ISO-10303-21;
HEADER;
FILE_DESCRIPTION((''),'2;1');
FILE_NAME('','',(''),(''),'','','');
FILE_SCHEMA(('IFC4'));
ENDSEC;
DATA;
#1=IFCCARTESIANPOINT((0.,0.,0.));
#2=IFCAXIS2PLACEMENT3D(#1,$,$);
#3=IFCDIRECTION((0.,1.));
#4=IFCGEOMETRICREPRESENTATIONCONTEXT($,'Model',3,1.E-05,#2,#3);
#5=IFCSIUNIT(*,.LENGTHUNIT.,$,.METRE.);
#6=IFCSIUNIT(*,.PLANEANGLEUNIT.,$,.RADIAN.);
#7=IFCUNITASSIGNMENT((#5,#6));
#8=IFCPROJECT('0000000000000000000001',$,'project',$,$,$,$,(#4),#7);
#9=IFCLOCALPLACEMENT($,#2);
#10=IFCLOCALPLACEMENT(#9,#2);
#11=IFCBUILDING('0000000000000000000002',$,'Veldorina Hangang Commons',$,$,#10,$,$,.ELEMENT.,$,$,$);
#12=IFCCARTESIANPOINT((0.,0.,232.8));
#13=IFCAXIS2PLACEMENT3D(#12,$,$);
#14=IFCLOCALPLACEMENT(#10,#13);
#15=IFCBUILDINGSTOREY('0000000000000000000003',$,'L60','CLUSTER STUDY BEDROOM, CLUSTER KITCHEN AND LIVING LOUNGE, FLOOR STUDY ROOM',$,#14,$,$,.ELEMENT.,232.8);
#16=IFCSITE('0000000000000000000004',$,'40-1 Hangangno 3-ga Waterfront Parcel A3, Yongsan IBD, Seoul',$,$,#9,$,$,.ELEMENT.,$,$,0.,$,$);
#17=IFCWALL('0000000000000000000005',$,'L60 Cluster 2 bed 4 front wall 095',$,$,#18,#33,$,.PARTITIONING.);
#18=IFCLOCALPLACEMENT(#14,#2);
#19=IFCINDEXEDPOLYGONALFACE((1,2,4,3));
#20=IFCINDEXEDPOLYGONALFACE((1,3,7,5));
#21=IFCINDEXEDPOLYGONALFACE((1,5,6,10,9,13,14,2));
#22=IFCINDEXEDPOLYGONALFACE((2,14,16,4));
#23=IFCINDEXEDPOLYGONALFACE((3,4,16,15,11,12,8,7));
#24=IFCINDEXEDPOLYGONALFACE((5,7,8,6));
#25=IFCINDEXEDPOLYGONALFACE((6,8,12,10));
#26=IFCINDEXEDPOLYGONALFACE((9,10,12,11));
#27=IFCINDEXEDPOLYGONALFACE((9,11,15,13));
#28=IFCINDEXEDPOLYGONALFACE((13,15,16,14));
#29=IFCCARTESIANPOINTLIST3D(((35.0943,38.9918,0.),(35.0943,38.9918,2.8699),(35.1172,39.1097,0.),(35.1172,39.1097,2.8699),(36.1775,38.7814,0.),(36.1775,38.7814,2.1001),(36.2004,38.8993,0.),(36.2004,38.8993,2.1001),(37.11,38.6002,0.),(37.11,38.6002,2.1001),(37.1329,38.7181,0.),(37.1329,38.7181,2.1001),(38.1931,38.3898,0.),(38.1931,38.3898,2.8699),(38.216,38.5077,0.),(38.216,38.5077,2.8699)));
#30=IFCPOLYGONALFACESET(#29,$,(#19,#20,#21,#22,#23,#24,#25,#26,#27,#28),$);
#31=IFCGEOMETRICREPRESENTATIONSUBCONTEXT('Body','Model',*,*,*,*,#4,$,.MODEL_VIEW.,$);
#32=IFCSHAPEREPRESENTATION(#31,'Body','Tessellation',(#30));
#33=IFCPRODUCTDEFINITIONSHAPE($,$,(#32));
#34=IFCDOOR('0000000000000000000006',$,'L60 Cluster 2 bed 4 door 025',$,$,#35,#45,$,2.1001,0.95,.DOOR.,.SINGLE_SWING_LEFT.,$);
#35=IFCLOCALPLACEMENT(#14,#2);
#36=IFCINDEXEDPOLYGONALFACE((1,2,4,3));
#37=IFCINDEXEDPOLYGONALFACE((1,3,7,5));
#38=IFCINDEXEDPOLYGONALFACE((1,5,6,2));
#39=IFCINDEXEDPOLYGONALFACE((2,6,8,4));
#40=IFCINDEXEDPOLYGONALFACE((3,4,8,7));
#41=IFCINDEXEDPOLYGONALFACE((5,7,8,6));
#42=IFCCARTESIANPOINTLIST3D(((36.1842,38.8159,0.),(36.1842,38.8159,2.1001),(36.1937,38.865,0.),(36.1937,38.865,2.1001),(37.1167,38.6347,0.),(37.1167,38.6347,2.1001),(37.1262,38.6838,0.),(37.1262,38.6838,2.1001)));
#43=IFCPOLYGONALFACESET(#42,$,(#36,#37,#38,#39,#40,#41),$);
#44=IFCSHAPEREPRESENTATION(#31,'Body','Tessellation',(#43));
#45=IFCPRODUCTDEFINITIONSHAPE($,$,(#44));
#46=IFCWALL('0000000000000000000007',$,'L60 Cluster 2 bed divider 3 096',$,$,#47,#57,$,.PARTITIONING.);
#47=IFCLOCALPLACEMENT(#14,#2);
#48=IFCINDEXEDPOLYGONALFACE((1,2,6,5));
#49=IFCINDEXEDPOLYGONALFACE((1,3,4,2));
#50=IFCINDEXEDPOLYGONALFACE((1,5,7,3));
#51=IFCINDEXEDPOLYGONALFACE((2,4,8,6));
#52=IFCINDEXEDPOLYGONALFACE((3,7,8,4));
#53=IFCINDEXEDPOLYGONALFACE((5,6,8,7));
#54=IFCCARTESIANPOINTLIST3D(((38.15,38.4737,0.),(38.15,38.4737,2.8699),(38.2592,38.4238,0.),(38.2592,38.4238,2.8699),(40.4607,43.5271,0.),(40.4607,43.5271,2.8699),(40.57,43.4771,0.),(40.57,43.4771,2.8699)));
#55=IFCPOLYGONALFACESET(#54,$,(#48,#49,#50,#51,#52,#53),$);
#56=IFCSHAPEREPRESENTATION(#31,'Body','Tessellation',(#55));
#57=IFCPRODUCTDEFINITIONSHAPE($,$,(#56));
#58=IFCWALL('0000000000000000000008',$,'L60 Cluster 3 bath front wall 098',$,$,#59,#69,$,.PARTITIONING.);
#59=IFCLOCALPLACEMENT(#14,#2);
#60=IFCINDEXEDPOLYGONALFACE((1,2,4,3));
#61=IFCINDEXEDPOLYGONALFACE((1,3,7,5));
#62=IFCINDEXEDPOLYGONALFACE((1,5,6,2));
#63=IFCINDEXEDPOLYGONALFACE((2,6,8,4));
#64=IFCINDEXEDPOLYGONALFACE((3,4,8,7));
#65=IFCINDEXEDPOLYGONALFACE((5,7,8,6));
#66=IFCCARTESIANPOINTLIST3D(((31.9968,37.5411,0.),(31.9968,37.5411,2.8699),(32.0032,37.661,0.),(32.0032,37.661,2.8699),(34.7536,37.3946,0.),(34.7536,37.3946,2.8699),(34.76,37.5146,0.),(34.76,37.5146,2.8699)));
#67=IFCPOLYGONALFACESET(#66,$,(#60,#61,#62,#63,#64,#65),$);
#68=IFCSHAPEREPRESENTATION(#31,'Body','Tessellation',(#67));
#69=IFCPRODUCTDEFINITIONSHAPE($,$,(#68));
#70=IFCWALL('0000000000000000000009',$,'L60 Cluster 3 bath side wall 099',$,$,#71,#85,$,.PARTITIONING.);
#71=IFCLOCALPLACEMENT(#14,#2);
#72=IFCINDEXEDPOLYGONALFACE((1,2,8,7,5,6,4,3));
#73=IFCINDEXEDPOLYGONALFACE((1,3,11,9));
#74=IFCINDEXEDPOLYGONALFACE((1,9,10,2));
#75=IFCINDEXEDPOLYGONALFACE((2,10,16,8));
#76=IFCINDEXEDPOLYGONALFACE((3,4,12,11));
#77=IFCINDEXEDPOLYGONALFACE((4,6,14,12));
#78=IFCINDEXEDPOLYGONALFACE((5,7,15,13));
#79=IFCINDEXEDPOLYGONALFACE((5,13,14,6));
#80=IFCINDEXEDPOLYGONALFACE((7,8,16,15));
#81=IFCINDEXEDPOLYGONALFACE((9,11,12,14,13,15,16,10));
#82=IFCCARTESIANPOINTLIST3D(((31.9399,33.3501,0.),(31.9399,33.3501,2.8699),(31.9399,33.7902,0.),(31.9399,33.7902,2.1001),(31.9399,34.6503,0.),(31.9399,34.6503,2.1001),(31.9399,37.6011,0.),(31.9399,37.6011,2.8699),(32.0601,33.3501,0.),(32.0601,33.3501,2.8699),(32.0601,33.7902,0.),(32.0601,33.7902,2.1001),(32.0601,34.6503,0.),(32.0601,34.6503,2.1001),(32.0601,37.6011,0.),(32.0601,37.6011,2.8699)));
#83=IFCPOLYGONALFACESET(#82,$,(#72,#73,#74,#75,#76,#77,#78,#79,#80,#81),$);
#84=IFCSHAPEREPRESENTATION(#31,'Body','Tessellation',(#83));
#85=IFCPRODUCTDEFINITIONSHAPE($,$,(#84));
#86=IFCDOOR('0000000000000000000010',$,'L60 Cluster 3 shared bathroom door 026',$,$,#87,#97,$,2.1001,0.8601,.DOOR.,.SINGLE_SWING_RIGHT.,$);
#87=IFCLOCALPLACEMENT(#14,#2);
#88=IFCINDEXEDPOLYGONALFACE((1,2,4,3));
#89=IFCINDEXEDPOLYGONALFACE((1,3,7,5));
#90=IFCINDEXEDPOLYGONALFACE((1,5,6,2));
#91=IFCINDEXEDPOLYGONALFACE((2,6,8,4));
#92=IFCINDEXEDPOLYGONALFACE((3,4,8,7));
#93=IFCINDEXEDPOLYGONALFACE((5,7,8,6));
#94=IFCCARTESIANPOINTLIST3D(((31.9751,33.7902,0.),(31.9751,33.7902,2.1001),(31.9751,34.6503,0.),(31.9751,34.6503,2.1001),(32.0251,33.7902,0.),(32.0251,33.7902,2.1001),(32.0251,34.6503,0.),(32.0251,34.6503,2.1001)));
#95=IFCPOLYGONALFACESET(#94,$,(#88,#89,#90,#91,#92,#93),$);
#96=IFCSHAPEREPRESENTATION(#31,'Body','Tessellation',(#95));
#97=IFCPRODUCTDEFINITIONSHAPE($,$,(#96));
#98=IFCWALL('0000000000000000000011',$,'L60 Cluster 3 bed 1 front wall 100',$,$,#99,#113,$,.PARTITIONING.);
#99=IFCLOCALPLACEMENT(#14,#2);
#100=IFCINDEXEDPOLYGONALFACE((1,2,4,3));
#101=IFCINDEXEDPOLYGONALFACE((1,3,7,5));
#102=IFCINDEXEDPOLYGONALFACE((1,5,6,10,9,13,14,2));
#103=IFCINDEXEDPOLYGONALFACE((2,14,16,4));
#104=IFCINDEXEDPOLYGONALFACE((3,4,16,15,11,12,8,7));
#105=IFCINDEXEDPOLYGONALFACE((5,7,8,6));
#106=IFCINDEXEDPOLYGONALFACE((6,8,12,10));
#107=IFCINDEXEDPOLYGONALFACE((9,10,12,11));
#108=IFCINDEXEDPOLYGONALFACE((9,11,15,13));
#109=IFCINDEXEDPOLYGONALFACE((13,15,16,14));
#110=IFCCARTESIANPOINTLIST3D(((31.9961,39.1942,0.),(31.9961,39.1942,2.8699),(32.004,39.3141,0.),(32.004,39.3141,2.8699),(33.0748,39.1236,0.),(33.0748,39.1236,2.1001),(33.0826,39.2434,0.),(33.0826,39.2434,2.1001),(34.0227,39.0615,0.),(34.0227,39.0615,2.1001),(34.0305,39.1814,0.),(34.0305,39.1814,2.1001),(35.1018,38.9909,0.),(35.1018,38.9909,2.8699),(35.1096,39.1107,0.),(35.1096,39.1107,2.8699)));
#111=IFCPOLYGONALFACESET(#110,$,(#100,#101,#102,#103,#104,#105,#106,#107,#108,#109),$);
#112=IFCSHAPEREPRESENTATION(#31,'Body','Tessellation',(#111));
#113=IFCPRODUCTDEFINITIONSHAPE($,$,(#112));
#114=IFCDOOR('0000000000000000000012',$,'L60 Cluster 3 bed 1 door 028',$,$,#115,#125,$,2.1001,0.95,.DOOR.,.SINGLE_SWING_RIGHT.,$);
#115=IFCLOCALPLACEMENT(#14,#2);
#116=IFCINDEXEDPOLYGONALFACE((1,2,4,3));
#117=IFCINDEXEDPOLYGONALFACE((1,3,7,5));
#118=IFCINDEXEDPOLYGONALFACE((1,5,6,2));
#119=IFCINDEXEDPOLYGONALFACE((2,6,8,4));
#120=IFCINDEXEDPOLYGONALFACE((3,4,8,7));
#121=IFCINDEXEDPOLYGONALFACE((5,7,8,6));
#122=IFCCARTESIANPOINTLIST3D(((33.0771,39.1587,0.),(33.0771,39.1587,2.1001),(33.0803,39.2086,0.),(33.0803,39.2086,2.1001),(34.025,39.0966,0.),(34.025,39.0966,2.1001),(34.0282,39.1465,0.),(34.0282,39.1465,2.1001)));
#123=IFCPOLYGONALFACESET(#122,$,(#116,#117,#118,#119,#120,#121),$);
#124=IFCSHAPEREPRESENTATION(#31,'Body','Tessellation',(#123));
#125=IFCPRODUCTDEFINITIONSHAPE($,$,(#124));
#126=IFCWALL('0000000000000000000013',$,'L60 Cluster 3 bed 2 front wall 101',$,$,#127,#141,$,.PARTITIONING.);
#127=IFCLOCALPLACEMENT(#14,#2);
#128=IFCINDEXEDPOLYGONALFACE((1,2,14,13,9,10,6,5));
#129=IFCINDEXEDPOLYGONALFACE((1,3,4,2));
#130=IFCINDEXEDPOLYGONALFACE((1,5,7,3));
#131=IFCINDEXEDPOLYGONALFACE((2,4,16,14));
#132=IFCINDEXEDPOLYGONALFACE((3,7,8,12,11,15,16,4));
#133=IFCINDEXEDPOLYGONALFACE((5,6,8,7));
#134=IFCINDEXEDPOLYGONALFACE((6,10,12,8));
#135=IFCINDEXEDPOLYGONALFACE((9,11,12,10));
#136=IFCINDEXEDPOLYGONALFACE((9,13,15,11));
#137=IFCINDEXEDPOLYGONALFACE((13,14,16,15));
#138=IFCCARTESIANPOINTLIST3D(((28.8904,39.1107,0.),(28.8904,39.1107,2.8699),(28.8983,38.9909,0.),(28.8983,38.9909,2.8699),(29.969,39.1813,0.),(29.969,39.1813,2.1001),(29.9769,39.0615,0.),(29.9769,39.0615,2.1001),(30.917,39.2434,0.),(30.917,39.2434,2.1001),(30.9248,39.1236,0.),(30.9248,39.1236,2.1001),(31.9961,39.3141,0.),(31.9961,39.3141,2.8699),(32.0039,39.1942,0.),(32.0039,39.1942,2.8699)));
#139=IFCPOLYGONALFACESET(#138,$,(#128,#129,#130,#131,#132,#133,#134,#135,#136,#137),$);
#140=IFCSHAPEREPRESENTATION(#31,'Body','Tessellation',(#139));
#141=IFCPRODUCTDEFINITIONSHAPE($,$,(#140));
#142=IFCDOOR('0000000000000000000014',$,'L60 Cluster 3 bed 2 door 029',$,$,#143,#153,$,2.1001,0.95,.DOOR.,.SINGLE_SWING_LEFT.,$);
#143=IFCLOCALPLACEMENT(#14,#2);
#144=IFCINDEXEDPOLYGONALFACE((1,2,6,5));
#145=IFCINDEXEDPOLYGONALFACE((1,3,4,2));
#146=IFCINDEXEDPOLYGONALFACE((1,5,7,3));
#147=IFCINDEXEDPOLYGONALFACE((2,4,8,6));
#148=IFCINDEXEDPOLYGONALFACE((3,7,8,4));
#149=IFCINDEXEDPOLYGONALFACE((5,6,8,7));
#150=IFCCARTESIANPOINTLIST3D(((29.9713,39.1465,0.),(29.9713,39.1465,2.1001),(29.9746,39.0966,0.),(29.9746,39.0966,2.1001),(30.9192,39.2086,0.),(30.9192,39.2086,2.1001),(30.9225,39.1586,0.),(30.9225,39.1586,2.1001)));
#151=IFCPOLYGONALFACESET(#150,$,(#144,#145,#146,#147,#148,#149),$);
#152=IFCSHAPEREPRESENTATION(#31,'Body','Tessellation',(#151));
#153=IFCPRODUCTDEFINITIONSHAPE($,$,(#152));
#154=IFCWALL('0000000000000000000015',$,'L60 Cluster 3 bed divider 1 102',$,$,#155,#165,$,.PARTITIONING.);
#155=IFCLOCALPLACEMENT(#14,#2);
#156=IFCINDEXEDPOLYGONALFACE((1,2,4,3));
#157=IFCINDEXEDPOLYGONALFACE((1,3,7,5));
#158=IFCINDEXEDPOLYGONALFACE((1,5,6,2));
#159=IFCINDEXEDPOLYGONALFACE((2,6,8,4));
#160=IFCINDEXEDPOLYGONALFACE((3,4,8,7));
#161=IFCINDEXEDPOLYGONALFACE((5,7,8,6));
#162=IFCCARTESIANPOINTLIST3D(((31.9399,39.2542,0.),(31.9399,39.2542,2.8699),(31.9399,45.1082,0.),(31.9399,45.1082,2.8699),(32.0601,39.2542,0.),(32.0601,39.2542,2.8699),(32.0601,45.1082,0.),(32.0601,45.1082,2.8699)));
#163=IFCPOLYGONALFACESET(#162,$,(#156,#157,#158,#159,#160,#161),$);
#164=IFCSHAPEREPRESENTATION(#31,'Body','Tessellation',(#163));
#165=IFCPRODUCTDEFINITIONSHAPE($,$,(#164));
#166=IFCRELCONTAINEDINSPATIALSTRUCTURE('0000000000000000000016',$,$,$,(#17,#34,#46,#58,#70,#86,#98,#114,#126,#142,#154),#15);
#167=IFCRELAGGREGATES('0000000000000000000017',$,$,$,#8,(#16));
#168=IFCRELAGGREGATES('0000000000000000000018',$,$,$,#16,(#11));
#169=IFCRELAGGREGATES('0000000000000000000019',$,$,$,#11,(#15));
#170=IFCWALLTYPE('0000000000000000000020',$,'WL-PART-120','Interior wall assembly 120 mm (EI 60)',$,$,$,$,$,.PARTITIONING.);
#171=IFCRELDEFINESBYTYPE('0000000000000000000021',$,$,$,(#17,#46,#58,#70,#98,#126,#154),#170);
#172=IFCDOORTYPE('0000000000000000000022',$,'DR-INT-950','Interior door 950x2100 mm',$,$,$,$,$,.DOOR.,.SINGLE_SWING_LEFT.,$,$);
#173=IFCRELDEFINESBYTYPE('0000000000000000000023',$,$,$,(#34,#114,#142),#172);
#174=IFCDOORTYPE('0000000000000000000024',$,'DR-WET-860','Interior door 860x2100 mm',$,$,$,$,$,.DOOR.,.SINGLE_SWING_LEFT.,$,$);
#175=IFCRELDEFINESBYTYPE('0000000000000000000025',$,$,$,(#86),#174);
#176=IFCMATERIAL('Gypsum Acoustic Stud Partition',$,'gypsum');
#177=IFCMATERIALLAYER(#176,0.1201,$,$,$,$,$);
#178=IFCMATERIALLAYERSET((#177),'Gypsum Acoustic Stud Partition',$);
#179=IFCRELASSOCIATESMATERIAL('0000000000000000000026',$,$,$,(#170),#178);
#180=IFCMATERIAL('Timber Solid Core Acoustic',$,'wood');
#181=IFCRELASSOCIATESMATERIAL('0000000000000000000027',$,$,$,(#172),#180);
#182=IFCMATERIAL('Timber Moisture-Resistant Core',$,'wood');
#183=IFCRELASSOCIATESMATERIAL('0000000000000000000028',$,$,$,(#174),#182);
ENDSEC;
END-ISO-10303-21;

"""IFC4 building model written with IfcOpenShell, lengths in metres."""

from ifc_helpers import new_model, si_unit, direction, frame, frame_2d, origin, place, context, subcontext, project, spatial, rectangle, extrude, material, layer, layer_set, type_object, element, fill, save


model = new_model("IFC4")

# Units and contexts
model_context = context("Model", 3, precision=1e-05, world=origin(), true_north=direction((0.0, 1.0)))
body_context = subcontext(model_context, "Body", "Model", "MODEL_VIEW")
ifc_project = project(units=[si_unit("LENGTHUNIT", "METRE"), si_unit("PLANEANGLEUNIT", "RADIAN")], contexts=[model_context])

# Site, building, storey
site_placement = place(None, origin())
site = spatial("IfcSite", under=ifc_project, at=site_placement, Name="40-1 Hangangno 3-ga Waterfront Parcel A3, Yongsan IBD, Seoul", CompositionType="ELEMENT", RefElevation=0.0)
building_placement = place(site_placement, origin())
building = spatial("IfcBuilding", under=site, at=building_placement, Name="Veldorina Hangang Commons", CompositionType="ELEMENT")
storey_placement = place(building_placement, frame((0.0, 0.0, 232.8)))
storey = spatial("IfcBuildingStorey", under=building, at=storey_placement, Name="L60", Description="CLUSTER STUDY BEDROOM, CLUSTER KITCHEN AND LIVING LOUNGE, FLOOR STUDY ROOM", CompositionType="ELEMENT", Elevation=232.8)

# Wall, opening, door
ifc_material_1 = material(Name="Gypsum Acoustic Stud Partition", Category="gypsum")
ifc_layer_1 = layer(ifc_material_1, 0.1201)
ifc_layer_set_1 = layer_set([ifc_layer_1], Name="Gypsum Acoustic Stud Partition")
wall_type_1 = type_object("IfcWallType", Name="WL-PART-120", Description="Interior wall assembly 120 mm (EI 60)", PredefinedType="PARTITIONING", material=ifc_layer_set_1)
wall_1_placement = place(storey_placement, frame((38.2046, 38.4487, 0.0), z_axis=(0.0, 0.0, 1.0), x_axis=(-0.981646, 0.190714, 0.0)))
wall_1 = element("IfcWall", 1, at=wall_1_placement, inside=storey, type_object=wall_type_1, Name="L60 Cluster 2 bed 4 front wall 095", PredefinedType="PARTITIONING", context=body_context, shape_type="SweptSolid", body=[
    extrude(rectangle(XDim=3.1567, YDim=0.1201, at=frame_2d((1.5784, 0.0))), origin(), (0.0, 0.0, 1.0), 2.8699),
])
opening_1_placement = place(wall_1_placement, frame((1.1033, 0.0, 0.0)))
opening_1 = element("IfcOpeningElement", 2, at=opening_1_placement, cuts=wall_1, PredefinedType="OPENING", context=body_context, shape_type="SweptSolid", body=[
    extrude(rectangle(XDim=0.95, YDim=2.1001, at=frame_2d((0.4751, 1.05))), frame((0.0, 0.0701, 0.0), z_axis=(0.0, -1.0, 0.0), x_axis=(1.0, 0.0, 0.0)), (0.0, 0.0, 1.0), 0.1401),
])
ifc_material_2 = material(Name="Timber Solid Core Acoustic", Category="wood")
door_type_1 = type_object("IfcDoorType", Name="DR-INT-950", Description="Interior door 950x2100 mm", OperationType="SINGLE_SWING_LEFT", PredefinedType="DOOR", material=ifc_material_2)
door_1_placement = place(opening_1_placement, origin())
door_1 = element("IfcDoor", 3, at=door_1_placement, inside=storey, type_object=door_type_1, Name="L60 Cluster 2 bed 4 door 025", OperationType="SINGLE_SWING_LEFT", OverallHeight=2.1001, OverallWidth=0.95, PredefinedType="DOOR", context=body_context, shape_type="SweptSolid", body=[
    extrude(rectangle(XDim=0.95, YDim=2.1001, at=frame_2d((0.4751, 1.05))), frame((0.0, 0.0249, 0.0), z_axis=(0.0, -1.0, 0.0), x_axis=(1.0, 0.0, 0.0)), (0.0, 0.0, 1.0), 0.05),
])
fill(opening_1, door_1)

# Walls
wall_2_placement = place(storey_placement, frame((38.2046, 38.4487, 0.0), z_axis=(0.0, 0.0, 1.0), x_axis=(0.415854, 0.909431, 0.0)))
element("IfcWall", 4, at=wall_2_placement, inside=storey, type_object=wall_type_1, Name="L60 Cluster 2 bed divider 3 096", PredefinedType="PARTITIONING", context=body_context, shape_type="SweptSolid", body=[
    extrude(rectangle(XDim=5.5566, YDim=0.1201, at=frame_2d((2.7783, 0.0))), origin(), (0.0, 0.0, 1.0), 2.8699),
])
wall_3_placement = place(storey_placement, frame((34.7568, 37.4546, 0.0), z_axis=(0.0, 0.0, 1.0), x_axis=(-0.998591, 0.05306, 0.0)))
element("IfcWall", 5, at=wall_3_placement, inside=storey, type_object=wall_type_1, Name="L60 Cluster 3 bath front wall 098", PredefinedType="PARTITIONING", context=body_context, shape_type="SweptSolid", body=[
    extrude(rectangle(XDim=2.7607, YDim=0.1201, at=frame_2d((1.3804, 0.0))), origin(), (0.0, 0.0, 1.0), 2.8699),
])

# Walls, openings, doors
wall_4_placement = place(storey_placement, frame((32.0, 33.3501, 0.0), z_axis=(0.0, 0.0, 1.0), x_axis=(0.0, 1.0, 0.0)))
wall_4 = element("IfcWall", 6, at=wall_4_placement, inside=storey, type_object=wall_type_1, Name="L60 Cluster 3 bath side wall 099", PredefinedType="PARTITIONING", context=body_context, shape_type="SweptSolid", body=[
    extrude(rectangle(XDim=4.251, YDim=0.1201, at=frame_2d((2.1255, 0.0))), origin(), (0.0, 0.0, 1.0), 2.8699),
])
opening_2_placement = place(wall_4_placement, frame((0.4399, 0.0, 0.0)))
opening_2 = element("IfcOpeningElement", 7, at=opening_2_placement, cuts=wall_4, PredefinedType="OPENING", context=body_context, shape_type="SweptSolid", body=[
    extrude(rectangle(XDim=0.8601, YDim=2.1001, at=frame_2d((0.4302, 1.05))), frame((0.0, 0.0701, 0.0), z_axis=(0.0, -1.0, 0.0), x_axis=(1.0, 0.0, 0.0)), (0.0, 0.0, 1.0), 0.1401),
])
ifc_material_3 = material(Name="Timber Moisture-Resistant Core", Category="wood")
door_type_2 = type_object("IfcDoorType", Name="DR-WET-860", Description="Interior door 860x2100 mm", OperationType="SINGLE_SWING_LEFT", PredefinedType="DOOR", material=ifc_material_3)
door_2_placement = place(opening_2_placement, origin())
door_2 = element("IfcDoor", 8, at=door_2_placement, inside=storey, type_object=door_type_2, Name="L60 Cluster 3 shared bathroom door 026", OperationType="SINGLE_SWING_RIGHT", OverallHeight=2.1001, OverallWidth=0.8601, PredefinedType="DOOR", context=body_context, shape_type="SweptSolid", body=[
    extrude(rectangle(XDim=0.8601, YDim=2.1001, at=frame_2d((0.4302, 1.05))), frame((0.0, 0.0249, 0.0), z_axis=(0.0, -1.0, 0.0), x_axis=(1.0, 0.0, 0.0)), (0.0, 0.0, 1.0), 0.05),
])
fill(opening_2, door_2)
wall_5_placement = place(storey_placement, frame((35.1057, 39.0508, 0.0), z_axis=(0.0, 0.0, 1.0), x_axis=(-0.997863, 0.065342, 0.0)))
wall_5 = element("IfcWall", 9, at=wall_5_placement, inside=storey, type_object=wall_type_1, Name="L60 Cluster 3 bed 1 front wall 100", PredefinedType="PARTITIONING", context=body_context, shape_type="SweptSolid", body=[
    extrude(rectangle(XDim=3.1123, YDim=0.1201, at=frame_2d((1.5562, 0.0))), origin(), (0.0, 0.0, 1.0), 2.8699),
])
opening_3_placement = place(wall_5_placement, frame((1.0813, 0.0, 0.0)))
opening_3 = element("IfcOpeningElement", 10, at=opening_3_placement, cuts=wall_5, PredefinedType="OPENING", context=body_context, shape_type="SweptSolid", body=[
    extrude(rectangle(XDim=0.95, YDim=2.1001, at=frame_2d((0.4751, 1.05))), frame((0.0, 0.0701, 0.0), z_axis=(0.0, -1.0, 0.0), x_axis=(1.0, 0.0, 0.0)), (0.0, 0.0, 1.0), 0.1401),
])
door_3_placement = place(opening_3_placement, origin())
door_3 = element("IfcDoor", 11, at=door_3_placement, inside=storey, type_object=door_type_1, Name="L60 Cluster 3 bed 1 door 028", OperationType="SINGLE_SWING_RIGHT", OverallHeight=2.1001, OverallWidth=0.95, PredefinedType="DOOR", context=body_context, shape_type="SweptSolid", body=[
    extrude(rectangle(XDim=0.95, YDim=2.1001, at=frame_2d((0.4751, 1.05))), frame((0.0, 0.0249, 0.0), z_axis=(0.0, -1.0, 0.0), x_axis=(1.0, 0.0, 0.0)), (0.0, 0.0, 1.0), 0.05),
])
fill(opening_3, door_3)
wall_6_placement = place(storey_placement, frame((32.0, 39.2542, 0.0), z_axis=(0.0, 0.0, 1.0), x_axis=(-0.997863, -0.065342, 0.0)))
wall_6 = element("IfcWall", 12, at=wall_6_placement, inside=storey, type_object=wall_type_1, Name="L60 Cluster 3 bed 2 front wall 101", PredefinedType="PARTITIONING", context=body_context, shape_type="SweptSolid", body=[
    extrude(rectangle(XDim=3.1123, YDim=0.1201, at=frame_2d((1.5562, 0.0))), origin(), (0.0, 0.0, 1.0), 2.8699),
])
opening_4_placement = place(wall_6_placement, frame((1.0813, 0.0, 0.0)))
opening_4 = element("IfcOpeningElement", 13, at=opening_4_placement, cuts=wall_6, PredefinedType="OPENING", context=body_context, shape_type="SweptSolid", body=[
    extrude(rectangle(XDim=0.95, YDim=2.1001, at=frame_2d((0.4751, 1.05))), frame((0.0, 0.0701, 0.0), z_axis=(0.0, -1.0, 0.0), x_axis=(1.0, 0.0, 0.0)), (0.0, 0.0, 1.0), 0.1401),
])
door_4_placement = place(opening_4_placement, origin())
door_4 = element("IfcDoor", 14, at=door_4_placement, inside=storey, type_object=door_type_1, Name="L60 Cluster 3 bed 2 door 029", OperationType="SINGLE_SWING_LEFT", OverallHeight=2.1001, OverallWidth=0.95, PredefinedType="DOOR", context=body_context, shape_type="SweptSolid", body=[
    extrude(rectangle(XDim=0.95, YDim=2.1001, at=frame_2d((0.4751, 1.05))), frame((0.0, 0.0249, 0.0), z_axis=(0.0, -1.0, 0.0), x_axis=(1.0, 0.0, 0.0)), (0.0, 0.0, 1.0), 0.05),
])
fill(opening_4, door_4)

# Wall
wall_7_placement = place(storey_placement, frame((32.0, 39.2542, 0.0), z_axis=(0.0, 0.0, 1.0), x_axis=(0.0, 1.0, 0.0)))
element("IfcWall", 15, at=wall_7_placement, inside=storey, type_object=wall_type_1, Name="L60 Cluster 3 bed divider 1 102", PredefinedType="PARTITIONING", context=body_context, shape_type="SweptSolid", body=[
    extrude(rectangle(XDim=5.854, YDim=0.1201, at=frame_2d((2.927, 0.0))), origin(), (0.0, 0.0, 1.0), 2.8699),
])

save(model, "model.ifc")
